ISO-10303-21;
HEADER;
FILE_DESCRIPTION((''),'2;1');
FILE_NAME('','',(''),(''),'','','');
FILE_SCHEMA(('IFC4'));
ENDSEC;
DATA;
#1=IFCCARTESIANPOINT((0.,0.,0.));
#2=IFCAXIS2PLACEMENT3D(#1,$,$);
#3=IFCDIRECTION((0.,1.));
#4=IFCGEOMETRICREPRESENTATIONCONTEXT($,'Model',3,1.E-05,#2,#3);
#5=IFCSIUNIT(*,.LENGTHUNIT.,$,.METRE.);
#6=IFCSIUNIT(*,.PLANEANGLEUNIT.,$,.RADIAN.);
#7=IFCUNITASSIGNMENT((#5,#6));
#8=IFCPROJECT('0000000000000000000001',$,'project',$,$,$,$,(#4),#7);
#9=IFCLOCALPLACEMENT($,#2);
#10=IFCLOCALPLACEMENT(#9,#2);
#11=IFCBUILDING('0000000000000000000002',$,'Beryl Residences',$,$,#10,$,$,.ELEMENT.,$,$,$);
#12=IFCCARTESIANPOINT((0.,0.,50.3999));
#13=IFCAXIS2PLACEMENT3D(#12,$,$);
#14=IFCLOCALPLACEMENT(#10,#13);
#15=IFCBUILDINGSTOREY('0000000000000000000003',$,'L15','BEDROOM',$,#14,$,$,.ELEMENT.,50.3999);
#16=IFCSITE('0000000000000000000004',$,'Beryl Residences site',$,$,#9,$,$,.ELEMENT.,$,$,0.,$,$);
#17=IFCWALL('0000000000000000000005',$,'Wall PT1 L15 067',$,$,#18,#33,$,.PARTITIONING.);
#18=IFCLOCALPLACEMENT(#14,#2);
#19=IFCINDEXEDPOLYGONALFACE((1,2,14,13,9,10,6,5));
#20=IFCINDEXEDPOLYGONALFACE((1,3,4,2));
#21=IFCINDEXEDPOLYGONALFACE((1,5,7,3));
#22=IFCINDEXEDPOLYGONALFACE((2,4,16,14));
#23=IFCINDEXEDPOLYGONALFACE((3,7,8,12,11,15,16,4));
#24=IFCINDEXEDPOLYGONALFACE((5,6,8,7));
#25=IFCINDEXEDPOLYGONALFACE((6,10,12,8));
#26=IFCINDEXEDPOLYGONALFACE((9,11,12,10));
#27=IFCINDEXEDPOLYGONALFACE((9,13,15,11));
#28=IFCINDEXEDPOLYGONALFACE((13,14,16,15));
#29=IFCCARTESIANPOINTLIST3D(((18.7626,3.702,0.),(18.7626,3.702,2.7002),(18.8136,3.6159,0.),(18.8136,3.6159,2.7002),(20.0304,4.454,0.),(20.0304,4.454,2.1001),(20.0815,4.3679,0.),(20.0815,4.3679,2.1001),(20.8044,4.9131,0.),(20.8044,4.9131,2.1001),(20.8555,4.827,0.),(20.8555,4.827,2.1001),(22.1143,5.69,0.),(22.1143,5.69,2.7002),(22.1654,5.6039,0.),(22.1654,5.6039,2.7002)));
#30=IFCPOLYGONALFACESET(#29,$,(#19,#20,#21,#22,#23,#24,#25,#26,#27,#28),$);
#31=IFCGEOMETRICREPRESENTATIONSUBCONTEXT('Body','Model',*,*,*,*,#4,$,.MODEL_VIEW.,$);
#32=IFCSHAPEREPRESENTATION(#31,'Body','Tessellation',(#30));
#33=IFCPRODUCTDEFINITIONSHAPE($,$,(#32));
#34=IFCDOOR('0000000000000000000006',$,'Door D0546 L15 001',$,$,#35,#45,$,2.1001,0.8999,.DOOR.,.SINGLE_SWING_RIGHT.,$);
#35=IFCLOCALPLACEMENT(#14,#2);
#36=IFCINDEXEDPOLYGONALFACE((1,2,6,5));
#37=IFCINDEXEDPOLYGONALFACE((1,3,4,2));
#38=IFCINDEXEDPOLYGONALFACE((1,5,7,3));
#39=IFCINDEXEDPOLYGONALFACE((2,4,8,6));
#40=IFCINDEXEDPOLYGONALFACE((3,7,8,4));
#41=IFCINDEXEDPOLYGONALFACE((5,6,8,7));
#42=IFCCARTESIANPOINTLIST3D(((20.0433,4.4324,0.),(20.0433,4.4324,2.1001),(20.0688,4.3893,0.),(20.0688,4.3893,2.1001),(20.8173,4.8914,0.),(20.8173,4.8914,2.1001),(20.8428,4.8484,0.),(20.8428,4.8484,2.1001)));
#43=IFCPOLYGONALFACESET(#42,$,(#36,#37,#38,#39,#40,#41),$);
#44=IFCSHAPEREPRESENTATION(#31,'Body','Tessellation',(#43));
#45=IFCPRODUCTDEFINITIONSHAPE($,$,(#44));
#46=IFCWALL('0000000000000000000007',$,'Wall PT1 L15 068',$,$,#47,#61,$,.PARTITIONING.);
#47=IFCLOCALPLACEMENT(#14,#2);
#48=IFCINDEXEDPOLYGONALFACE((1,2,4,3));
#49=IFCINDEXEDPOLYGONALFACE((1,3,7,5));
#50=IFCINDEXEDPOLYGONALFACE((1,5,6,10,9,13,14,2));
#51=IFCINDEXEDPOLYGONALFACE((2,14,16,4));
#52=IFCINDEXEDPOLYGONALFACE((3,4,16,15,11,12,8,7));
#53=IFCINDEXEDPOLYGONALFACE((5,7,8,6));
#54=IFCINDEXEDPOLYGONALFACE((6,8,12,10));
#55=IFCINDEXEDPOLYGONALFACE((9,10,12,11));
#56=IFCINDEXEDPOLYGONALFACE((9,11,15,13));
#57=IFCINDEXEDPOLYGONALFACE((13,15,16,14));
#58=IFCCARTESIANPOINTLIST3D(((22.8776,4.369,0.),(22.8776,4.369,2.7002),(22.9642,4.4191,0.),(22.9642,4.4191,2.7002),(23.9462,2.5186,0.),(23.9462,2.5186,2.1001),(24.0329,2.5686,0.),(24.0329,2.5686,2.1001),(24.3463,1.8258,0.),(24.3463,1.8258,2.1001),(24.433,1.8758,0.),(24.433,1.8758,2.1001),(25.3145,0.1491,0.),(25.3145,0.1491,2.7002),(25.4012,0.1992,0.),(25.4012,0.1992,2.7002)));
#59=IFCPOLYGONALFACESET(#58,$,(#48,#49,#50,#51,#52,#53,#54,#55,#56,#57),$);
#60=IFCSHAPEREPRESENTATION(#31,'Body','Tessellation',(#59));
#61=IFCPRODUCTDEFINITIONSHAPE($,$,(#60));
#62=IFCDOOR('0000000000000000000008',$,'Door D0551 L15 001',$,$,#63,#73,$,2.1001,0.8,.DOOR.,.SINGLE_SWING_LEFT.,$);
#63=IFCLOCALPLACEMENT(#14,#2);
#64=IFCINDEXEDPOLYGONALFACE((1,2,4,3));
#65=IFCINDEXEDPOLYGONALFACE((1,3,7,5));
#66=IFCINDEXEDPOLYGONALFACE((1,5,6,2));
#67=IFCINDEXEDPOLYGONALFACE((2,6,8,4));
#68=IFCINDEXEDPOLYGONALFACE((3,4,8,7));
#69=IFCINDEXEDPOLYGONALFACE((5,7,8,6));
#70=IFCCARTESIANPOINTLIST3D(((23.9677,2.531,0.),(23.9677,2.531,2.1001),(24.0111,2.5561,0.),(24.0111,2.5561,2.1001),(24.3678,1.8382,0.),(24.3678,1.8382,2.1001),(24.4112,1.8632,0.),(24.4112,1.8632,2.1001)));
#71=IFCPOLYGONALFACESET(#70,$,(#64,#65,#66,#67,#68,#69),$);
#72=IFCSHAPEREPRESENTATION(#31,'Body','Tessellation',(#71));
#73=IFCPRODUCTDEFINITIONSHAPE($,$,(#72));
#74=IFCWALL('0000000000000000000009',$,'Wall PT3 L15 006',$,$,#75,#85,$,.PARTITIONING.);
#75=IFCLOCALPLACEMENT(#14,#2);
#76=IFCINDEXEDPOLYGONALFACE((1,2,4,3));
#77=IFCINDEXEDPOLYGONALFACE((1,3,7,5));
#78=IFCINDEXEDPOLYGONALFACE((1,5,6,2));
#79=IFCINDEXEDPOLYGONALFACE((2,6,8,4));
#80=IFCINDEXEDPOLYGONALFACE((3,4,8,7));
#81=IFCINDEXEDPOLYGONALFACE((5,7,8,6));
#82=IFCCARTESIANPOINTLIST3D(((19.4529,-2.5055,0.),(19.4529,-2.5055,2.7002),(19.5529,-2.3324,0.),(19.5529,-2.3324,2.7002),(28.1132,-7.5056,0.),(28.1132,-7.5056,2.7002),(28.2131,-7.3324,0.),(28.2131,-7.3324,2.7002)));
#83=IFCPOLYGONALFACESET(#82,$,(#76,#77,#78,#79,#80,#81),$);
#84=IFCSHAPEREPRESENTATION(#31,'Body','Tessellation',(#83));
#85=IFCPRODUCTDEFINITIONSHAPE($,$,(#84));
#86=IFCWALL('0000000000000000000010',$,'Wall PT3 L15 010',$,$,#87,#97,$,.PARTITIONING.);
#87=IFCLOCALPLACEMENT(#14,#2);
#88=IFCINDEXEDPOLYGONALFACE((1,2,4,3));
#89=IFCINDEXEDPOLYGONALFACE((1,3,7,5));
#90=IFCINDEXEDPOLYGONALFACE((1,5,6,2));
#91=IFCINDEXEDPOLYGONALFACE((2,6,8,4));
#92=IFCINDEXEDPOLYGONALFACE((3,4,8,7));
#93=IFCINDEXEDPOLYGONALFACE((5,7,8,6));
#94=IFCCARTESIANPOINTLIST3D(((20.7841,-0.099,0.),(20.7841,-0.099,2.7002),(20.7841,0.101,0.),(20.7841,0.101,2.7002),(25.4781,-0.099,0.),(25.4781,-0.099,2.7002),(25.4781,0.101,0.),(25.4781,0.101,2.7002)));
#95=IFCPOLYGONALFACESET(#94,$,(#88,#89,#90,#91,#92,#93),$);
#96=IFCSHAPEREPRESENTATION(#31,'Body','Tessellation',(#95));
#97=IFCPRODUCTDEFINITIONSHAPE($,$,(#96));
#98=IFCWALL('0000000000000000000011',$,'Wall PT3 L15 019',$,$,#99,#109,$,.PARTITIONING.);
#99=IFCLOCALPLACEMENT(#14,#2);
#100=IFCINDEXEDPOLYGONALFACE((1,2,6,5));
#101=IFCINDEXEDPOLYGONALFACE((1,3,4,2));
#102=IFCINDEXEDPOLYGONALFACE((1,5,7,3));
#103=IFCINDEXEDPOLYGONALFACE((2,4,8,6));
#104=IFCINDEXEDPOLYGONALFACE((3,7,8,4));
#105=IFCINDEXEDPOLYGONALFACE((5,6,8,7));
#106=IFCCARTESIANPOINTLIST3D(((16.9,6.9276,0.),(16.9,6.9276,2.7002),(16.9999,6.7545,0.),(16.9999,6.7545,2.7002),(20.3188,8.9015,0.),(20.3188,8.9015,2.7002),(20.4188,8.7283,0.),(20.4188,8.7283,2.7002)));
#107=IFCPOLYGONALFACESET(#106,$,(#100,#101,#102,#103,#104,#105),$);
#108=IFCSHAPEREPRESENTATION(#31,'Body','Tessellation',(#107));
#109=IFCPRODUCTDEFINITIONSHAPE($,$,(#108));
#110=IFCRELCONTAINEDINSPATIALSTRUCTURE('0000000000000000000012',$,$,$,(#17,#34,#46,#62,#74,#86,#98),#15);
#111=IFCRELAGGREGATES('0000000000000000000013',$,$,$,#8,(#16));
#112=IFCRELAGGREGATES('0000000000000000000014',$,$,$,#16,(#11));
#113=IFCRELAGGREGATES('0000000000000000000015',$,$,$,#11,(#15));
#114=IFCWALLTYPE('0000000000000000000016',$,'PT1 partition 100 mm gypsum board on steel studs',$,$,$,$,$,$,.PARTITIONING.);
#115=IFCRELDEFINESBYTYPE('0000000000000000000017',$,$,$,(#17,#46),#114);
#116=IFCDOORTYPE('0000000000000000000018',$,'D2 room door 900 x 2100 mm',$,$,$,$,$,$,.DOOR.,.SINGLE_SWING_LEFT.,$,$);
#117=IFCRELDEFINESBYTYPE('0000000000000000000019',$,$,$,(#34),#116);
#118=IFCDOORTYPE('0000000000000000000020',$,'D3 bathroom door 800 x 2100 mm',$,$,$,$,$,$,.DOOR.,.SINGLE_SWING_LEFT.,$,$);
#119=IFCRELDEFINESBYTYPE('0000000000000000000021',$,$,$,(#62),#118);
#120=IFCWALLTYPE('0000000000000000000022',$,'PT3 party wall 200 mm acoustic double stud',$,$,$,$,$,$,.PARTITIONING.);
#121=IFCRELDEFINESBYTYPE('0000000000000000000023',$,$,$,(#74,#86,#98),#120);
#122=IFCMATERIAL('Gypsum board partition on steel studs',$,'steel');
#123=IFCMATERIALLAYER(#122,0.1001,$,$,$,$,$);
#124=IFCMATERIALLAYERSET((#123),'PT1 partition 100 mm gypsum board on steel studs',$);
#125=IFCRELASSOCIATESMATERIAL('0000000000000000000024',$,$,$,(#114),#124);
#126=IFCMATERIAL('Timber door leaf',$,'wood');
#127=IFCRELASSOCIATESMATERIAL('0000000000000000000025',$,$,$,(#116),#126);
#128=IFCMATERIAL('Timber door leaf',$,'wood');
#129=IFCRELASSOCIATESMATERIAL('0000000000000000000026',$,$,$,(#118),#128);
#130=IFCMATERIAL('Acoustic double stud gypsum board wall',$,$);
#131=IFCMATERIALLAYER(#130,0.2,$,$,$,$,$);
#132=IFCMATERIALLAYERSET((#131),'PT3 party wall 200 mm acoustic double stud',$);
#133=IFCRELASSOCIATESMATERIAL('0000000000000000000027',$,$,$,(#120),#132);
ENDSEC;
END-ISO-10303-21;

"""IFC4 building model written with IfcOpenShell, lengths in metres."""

from ifc_helpers import new_model, si_unit, direction, frame, frame_2d, origin, place, context, subcontext, project, spatial, rectangle, extrude, material, layer, layer_set, type_object, element, fill, save


model = new_model("IFC4")

# Units and contexts
model_context = context("Model", 3, precision=1e-05, world=origin(), true_north=direction((0.0, 1.0)))
body_context = subcontext(model_context, "Body", "Model", "MODEL_VIEW")
ifc_project = project(units=[si_unit("LENGTHUNIT", "METRE"), si_unit("PLANEANGLEUNIT", "RADIAN")], contexts=[model_context])

# Site, building, storey
site_placement = place(None, origin())
site = spatial("IfcSite", under=ifc_project, at=site_placement, Name="Beryl Residences site", CompositionType="ELEMENT", RefElevation=0.0)
building_placement = place(site_placement, origin())
building = spatial("IfcBuilding", under=site, at=building_placement, Name="Beryl Residences", CompositionType="ELEMENT")
storey_placement = place(building_placement, frame((0.0, 0.0, 50.3999)))
storey = spatial("IfcBuildingStorey", under=building, at=storey_placement, Name="L15", Description="BEDROOM", CompositionType="ELEMENT", Elevation=50.3999)

# Walls, openings, doors
ifc_material_1 = material(Name="Gypsum board partition on steel studs", Category="steel")
ifc_layer_1 = layer(ifc_material_1, 0.1001)
ifc_layer_set_1 = layer_set([ifc_layer_1], Name="PT1 partition 100 mm gypsum board on steel studs")
wall_type_1 = type_object("IfcWallType", Name="PT1 partition 100 mm gypsum board on steel studs", PredefinedType="PARTITIONING", material=ifc_layer_set_1)
ifc_material_2 = material(Name="Timber door leaf", Category="wood")
door_type_1 = type_object("IfcDoorType", Name="D2 room door 900 x 2100 mm", OperationType="SINGLE_SWING_LEFT", PredefinedType="DOOR", material=ifc_material_2)
ifc_material_3 = material(Name="Timber door leaf", Category="wood")
door_type_2 = type_object("IfcDoorType", Name="D3 bathroom door 800 x 2100 mm", OperationType="SINGLE_SWING_LEFT", PredefinedType="DOOR", material=ifc_material_3)
wall_1_placement = place(storey_placement, frame((18.7881, 3.6589, 0.0), z_axis=(0.0, 0.0, 1.0), x_axis=(0.860091, 0.510141, 0.0)))
wall_1 = element("IfcWall", 1, at=wall_1_placement, inside=storey, type_object=wall_type_1, Name="Wall PT1 L15 067", PredefinedType="PARTITIONING", context=body_context, shape_type="SweptSolid", body=[
    extrude(rectangle(XDim=3.897, YDim=0.1001, at=frame_2d((1.9485, 0.0))), origin(), (0.0, 0.0, 1.0), 2.7002),
])
opening_1_placement = place(wall_1_placement, frame((1.4741, 0.0, 0.0)))
opening_1 = element("IfcOpeningElement", 2, at=opening_1_placement, cuts=wall_1, PredefinedType="OPENING", context=body_context, shape_type="SweptSolid", body=[
    extrude(rectangle(XDim=0.8999, YDim=2.1001, at=frame_2d((0.45, 1.05))), frame((0.0, 0.0601, 0.0), z_axis=(0.0, -1.0, 0.0), x_axis=(1.0, 0.0, 0.0)), (0.0, 0.0, 1.0), 0.1201),
])
door_1_placement = place(opening_1_placement, origin())
door_1 = element("IfcDoor", 3, at=door_1_placement, inside=storey, type_object=door_type_1, Name="Door D0546 L15 001", OperationType="SINGLE_SWING_RIGHT", OverallHeight=2.1001, OverallWidth=0.8999, PredefinedType="DOOR", context=body_context, shape_type="SweptSolid", body=[
    extrude(rectangle(XDim=0.8999, YDim=2.1001, at=frame_2d((0.45, 1.05))), frame((0.0, 0.0249, 0.0), z_axis=(0.0, -1.0, 0.0), x_axis=(1.0, 0.0, 0.0)), (0.0, 0.0, 1.0), 0.05),
])
fill(opening_1, door_1)
wall_2_placement = place(storey_placement, frame((22.9209, 4.394, 0.0), z_axis=(0.0, 0.0, 1.0), x_axis=(0.500094, -0.865971, 0.0)))
wall_2 = element("IfcWall", 4, at=wall_2_placement, inside=storey, type_object=wall_type_1, Name="Wall PT1 L15 068", PredefinedType="PARTITIONING", context=body_context, shape_type="SweptSolid", body=[
    extrude(rectangle(XDim=4.873, YDim=0.1001, at=frame_2d((2.4365, 0.0))), origin(), (0.0, 0.0, 1.0), 2.7002),
])
opening_2_placement = place(wall_2_placement, frame((2.137, 0.0, 0.0)))
opening_2 = element("IfcOpeningElement", 5, at=opening_2_placement, cuts=wall_2, PredefinedType="OPENING", context=body_context, shape_type="SweptSolid", body=[
    extrude(rectangle(XDim=0.8, YDim=2.1001, at=frame_2d((0.3999, 1.05))), frame((0.0, 0.0601, 0.0), z_axis=(0.0, -1.0, 0.0), x_axis=(1.0, 0.0, 0.0)), (0.0, 0.0, 1.0), 0.1201),
])
door_2_placement = place(opening_2_placement, origin())
door_2 = element("IfcDoor", 6, at=door_2_placement, inside=storey, type_object=door_type_2, Name="Door D0551 L15 001", OperationType="SINGLE_SWING_LEFT", OverallHeight=2.1001, OverallWidth=0.8, PredefinedType="DOOR", context=body_context, shape_type="SweptSolid", body=[
    extrude(rectangle(XDim=0.8, YDim=2.1001, at=frame_2d((0.3999, 1.05))), frame((0.0, 0.0249, 0.0), z_axis=(0.0, -1.0, 0.0), x_axis=(1.0, 0.0, 0.0)), (0.0, 0.0, 1.0), 0.05),
])
fill(opening_2, door_2)

# Walls
ifc_material_4 = material(Name="Acoustic double stud gypsum board wall")
ifc_layer_2 = layer(ifc_material_4, 0.2)
ifc_layer_set_2 = layer_set([ifc_layer_2], Name="PT3 party wall 200 mm acoustic double stud")
wall_type_2 = type_object("IfcWallType", Name="PT3 party wall 200 mm acoustic double stud", PredefinedType="PARTITIONING", material=ifc_layer_set_2)
wall_3_placement = place(storey_placement, frame((19.5029, -2.4189, 0.0), z_axis=(0.0, 0.0, 1.0), x_axis=(0.866023, -0.500004, 0.0)))
element("IfcWall", 7, at=wall_3_placement, inside=storey, type_object=wall_type_2, Name="Wall PT3 L15 006", PredefinedType="PARTITIONING", context=body_context, shape_type="SweptSolid", body=[
    extrude(rectangle(XDim=10.0, YDim=0.2, at=frame_2d((5.0, 0.0))), origin(), (0.0, 0.0, 1.0), 2.7002),
])
wall_4_placement = place(storey_placement, frame((20.7839, 0.001, 0.0), z_axis=(0.0, 0.0, 1.0), x_axis=(1.0, 0.0, 0.0)))
element("IfcWall", 8, at=wall_4_placement, inside=storey, type_object=wall_type_2, Name="Wall PT3 L15 010", PredefinedType="PARTITIONING", context=body_context, shape_type="SweptSolid", body=[
    extrude(rectangle(XDim=4.6941, YDim=0.2, at=frame_2d((2.3472, 0.0))), origin(), (0.0, 0.0, 1.0), 2.7002),
])
wall_5_placement = place(storey_placement, frame((16.95, 6.8411, 0.0), z_axis=(0.0, 0.0, 1.0), x_axis=(0.866031, 0.49999, 0.0)))
element("IfcWall", 9, at=wall_5_placement, inside=storey, type_object=wall_type_2, Name="Wall PT3 L15 019", PredefinedType="PARTITIONING", context=body_context, shape_type="SweptSolid", body=[
    extrude(rectangle(XDim=3.9478, YDim=0.2, at=frame_2d((1.9739, 0.0))), origin(), (0.0, 0.0, 1.0), 2.7002),
])

save(model, "model.ifc")
